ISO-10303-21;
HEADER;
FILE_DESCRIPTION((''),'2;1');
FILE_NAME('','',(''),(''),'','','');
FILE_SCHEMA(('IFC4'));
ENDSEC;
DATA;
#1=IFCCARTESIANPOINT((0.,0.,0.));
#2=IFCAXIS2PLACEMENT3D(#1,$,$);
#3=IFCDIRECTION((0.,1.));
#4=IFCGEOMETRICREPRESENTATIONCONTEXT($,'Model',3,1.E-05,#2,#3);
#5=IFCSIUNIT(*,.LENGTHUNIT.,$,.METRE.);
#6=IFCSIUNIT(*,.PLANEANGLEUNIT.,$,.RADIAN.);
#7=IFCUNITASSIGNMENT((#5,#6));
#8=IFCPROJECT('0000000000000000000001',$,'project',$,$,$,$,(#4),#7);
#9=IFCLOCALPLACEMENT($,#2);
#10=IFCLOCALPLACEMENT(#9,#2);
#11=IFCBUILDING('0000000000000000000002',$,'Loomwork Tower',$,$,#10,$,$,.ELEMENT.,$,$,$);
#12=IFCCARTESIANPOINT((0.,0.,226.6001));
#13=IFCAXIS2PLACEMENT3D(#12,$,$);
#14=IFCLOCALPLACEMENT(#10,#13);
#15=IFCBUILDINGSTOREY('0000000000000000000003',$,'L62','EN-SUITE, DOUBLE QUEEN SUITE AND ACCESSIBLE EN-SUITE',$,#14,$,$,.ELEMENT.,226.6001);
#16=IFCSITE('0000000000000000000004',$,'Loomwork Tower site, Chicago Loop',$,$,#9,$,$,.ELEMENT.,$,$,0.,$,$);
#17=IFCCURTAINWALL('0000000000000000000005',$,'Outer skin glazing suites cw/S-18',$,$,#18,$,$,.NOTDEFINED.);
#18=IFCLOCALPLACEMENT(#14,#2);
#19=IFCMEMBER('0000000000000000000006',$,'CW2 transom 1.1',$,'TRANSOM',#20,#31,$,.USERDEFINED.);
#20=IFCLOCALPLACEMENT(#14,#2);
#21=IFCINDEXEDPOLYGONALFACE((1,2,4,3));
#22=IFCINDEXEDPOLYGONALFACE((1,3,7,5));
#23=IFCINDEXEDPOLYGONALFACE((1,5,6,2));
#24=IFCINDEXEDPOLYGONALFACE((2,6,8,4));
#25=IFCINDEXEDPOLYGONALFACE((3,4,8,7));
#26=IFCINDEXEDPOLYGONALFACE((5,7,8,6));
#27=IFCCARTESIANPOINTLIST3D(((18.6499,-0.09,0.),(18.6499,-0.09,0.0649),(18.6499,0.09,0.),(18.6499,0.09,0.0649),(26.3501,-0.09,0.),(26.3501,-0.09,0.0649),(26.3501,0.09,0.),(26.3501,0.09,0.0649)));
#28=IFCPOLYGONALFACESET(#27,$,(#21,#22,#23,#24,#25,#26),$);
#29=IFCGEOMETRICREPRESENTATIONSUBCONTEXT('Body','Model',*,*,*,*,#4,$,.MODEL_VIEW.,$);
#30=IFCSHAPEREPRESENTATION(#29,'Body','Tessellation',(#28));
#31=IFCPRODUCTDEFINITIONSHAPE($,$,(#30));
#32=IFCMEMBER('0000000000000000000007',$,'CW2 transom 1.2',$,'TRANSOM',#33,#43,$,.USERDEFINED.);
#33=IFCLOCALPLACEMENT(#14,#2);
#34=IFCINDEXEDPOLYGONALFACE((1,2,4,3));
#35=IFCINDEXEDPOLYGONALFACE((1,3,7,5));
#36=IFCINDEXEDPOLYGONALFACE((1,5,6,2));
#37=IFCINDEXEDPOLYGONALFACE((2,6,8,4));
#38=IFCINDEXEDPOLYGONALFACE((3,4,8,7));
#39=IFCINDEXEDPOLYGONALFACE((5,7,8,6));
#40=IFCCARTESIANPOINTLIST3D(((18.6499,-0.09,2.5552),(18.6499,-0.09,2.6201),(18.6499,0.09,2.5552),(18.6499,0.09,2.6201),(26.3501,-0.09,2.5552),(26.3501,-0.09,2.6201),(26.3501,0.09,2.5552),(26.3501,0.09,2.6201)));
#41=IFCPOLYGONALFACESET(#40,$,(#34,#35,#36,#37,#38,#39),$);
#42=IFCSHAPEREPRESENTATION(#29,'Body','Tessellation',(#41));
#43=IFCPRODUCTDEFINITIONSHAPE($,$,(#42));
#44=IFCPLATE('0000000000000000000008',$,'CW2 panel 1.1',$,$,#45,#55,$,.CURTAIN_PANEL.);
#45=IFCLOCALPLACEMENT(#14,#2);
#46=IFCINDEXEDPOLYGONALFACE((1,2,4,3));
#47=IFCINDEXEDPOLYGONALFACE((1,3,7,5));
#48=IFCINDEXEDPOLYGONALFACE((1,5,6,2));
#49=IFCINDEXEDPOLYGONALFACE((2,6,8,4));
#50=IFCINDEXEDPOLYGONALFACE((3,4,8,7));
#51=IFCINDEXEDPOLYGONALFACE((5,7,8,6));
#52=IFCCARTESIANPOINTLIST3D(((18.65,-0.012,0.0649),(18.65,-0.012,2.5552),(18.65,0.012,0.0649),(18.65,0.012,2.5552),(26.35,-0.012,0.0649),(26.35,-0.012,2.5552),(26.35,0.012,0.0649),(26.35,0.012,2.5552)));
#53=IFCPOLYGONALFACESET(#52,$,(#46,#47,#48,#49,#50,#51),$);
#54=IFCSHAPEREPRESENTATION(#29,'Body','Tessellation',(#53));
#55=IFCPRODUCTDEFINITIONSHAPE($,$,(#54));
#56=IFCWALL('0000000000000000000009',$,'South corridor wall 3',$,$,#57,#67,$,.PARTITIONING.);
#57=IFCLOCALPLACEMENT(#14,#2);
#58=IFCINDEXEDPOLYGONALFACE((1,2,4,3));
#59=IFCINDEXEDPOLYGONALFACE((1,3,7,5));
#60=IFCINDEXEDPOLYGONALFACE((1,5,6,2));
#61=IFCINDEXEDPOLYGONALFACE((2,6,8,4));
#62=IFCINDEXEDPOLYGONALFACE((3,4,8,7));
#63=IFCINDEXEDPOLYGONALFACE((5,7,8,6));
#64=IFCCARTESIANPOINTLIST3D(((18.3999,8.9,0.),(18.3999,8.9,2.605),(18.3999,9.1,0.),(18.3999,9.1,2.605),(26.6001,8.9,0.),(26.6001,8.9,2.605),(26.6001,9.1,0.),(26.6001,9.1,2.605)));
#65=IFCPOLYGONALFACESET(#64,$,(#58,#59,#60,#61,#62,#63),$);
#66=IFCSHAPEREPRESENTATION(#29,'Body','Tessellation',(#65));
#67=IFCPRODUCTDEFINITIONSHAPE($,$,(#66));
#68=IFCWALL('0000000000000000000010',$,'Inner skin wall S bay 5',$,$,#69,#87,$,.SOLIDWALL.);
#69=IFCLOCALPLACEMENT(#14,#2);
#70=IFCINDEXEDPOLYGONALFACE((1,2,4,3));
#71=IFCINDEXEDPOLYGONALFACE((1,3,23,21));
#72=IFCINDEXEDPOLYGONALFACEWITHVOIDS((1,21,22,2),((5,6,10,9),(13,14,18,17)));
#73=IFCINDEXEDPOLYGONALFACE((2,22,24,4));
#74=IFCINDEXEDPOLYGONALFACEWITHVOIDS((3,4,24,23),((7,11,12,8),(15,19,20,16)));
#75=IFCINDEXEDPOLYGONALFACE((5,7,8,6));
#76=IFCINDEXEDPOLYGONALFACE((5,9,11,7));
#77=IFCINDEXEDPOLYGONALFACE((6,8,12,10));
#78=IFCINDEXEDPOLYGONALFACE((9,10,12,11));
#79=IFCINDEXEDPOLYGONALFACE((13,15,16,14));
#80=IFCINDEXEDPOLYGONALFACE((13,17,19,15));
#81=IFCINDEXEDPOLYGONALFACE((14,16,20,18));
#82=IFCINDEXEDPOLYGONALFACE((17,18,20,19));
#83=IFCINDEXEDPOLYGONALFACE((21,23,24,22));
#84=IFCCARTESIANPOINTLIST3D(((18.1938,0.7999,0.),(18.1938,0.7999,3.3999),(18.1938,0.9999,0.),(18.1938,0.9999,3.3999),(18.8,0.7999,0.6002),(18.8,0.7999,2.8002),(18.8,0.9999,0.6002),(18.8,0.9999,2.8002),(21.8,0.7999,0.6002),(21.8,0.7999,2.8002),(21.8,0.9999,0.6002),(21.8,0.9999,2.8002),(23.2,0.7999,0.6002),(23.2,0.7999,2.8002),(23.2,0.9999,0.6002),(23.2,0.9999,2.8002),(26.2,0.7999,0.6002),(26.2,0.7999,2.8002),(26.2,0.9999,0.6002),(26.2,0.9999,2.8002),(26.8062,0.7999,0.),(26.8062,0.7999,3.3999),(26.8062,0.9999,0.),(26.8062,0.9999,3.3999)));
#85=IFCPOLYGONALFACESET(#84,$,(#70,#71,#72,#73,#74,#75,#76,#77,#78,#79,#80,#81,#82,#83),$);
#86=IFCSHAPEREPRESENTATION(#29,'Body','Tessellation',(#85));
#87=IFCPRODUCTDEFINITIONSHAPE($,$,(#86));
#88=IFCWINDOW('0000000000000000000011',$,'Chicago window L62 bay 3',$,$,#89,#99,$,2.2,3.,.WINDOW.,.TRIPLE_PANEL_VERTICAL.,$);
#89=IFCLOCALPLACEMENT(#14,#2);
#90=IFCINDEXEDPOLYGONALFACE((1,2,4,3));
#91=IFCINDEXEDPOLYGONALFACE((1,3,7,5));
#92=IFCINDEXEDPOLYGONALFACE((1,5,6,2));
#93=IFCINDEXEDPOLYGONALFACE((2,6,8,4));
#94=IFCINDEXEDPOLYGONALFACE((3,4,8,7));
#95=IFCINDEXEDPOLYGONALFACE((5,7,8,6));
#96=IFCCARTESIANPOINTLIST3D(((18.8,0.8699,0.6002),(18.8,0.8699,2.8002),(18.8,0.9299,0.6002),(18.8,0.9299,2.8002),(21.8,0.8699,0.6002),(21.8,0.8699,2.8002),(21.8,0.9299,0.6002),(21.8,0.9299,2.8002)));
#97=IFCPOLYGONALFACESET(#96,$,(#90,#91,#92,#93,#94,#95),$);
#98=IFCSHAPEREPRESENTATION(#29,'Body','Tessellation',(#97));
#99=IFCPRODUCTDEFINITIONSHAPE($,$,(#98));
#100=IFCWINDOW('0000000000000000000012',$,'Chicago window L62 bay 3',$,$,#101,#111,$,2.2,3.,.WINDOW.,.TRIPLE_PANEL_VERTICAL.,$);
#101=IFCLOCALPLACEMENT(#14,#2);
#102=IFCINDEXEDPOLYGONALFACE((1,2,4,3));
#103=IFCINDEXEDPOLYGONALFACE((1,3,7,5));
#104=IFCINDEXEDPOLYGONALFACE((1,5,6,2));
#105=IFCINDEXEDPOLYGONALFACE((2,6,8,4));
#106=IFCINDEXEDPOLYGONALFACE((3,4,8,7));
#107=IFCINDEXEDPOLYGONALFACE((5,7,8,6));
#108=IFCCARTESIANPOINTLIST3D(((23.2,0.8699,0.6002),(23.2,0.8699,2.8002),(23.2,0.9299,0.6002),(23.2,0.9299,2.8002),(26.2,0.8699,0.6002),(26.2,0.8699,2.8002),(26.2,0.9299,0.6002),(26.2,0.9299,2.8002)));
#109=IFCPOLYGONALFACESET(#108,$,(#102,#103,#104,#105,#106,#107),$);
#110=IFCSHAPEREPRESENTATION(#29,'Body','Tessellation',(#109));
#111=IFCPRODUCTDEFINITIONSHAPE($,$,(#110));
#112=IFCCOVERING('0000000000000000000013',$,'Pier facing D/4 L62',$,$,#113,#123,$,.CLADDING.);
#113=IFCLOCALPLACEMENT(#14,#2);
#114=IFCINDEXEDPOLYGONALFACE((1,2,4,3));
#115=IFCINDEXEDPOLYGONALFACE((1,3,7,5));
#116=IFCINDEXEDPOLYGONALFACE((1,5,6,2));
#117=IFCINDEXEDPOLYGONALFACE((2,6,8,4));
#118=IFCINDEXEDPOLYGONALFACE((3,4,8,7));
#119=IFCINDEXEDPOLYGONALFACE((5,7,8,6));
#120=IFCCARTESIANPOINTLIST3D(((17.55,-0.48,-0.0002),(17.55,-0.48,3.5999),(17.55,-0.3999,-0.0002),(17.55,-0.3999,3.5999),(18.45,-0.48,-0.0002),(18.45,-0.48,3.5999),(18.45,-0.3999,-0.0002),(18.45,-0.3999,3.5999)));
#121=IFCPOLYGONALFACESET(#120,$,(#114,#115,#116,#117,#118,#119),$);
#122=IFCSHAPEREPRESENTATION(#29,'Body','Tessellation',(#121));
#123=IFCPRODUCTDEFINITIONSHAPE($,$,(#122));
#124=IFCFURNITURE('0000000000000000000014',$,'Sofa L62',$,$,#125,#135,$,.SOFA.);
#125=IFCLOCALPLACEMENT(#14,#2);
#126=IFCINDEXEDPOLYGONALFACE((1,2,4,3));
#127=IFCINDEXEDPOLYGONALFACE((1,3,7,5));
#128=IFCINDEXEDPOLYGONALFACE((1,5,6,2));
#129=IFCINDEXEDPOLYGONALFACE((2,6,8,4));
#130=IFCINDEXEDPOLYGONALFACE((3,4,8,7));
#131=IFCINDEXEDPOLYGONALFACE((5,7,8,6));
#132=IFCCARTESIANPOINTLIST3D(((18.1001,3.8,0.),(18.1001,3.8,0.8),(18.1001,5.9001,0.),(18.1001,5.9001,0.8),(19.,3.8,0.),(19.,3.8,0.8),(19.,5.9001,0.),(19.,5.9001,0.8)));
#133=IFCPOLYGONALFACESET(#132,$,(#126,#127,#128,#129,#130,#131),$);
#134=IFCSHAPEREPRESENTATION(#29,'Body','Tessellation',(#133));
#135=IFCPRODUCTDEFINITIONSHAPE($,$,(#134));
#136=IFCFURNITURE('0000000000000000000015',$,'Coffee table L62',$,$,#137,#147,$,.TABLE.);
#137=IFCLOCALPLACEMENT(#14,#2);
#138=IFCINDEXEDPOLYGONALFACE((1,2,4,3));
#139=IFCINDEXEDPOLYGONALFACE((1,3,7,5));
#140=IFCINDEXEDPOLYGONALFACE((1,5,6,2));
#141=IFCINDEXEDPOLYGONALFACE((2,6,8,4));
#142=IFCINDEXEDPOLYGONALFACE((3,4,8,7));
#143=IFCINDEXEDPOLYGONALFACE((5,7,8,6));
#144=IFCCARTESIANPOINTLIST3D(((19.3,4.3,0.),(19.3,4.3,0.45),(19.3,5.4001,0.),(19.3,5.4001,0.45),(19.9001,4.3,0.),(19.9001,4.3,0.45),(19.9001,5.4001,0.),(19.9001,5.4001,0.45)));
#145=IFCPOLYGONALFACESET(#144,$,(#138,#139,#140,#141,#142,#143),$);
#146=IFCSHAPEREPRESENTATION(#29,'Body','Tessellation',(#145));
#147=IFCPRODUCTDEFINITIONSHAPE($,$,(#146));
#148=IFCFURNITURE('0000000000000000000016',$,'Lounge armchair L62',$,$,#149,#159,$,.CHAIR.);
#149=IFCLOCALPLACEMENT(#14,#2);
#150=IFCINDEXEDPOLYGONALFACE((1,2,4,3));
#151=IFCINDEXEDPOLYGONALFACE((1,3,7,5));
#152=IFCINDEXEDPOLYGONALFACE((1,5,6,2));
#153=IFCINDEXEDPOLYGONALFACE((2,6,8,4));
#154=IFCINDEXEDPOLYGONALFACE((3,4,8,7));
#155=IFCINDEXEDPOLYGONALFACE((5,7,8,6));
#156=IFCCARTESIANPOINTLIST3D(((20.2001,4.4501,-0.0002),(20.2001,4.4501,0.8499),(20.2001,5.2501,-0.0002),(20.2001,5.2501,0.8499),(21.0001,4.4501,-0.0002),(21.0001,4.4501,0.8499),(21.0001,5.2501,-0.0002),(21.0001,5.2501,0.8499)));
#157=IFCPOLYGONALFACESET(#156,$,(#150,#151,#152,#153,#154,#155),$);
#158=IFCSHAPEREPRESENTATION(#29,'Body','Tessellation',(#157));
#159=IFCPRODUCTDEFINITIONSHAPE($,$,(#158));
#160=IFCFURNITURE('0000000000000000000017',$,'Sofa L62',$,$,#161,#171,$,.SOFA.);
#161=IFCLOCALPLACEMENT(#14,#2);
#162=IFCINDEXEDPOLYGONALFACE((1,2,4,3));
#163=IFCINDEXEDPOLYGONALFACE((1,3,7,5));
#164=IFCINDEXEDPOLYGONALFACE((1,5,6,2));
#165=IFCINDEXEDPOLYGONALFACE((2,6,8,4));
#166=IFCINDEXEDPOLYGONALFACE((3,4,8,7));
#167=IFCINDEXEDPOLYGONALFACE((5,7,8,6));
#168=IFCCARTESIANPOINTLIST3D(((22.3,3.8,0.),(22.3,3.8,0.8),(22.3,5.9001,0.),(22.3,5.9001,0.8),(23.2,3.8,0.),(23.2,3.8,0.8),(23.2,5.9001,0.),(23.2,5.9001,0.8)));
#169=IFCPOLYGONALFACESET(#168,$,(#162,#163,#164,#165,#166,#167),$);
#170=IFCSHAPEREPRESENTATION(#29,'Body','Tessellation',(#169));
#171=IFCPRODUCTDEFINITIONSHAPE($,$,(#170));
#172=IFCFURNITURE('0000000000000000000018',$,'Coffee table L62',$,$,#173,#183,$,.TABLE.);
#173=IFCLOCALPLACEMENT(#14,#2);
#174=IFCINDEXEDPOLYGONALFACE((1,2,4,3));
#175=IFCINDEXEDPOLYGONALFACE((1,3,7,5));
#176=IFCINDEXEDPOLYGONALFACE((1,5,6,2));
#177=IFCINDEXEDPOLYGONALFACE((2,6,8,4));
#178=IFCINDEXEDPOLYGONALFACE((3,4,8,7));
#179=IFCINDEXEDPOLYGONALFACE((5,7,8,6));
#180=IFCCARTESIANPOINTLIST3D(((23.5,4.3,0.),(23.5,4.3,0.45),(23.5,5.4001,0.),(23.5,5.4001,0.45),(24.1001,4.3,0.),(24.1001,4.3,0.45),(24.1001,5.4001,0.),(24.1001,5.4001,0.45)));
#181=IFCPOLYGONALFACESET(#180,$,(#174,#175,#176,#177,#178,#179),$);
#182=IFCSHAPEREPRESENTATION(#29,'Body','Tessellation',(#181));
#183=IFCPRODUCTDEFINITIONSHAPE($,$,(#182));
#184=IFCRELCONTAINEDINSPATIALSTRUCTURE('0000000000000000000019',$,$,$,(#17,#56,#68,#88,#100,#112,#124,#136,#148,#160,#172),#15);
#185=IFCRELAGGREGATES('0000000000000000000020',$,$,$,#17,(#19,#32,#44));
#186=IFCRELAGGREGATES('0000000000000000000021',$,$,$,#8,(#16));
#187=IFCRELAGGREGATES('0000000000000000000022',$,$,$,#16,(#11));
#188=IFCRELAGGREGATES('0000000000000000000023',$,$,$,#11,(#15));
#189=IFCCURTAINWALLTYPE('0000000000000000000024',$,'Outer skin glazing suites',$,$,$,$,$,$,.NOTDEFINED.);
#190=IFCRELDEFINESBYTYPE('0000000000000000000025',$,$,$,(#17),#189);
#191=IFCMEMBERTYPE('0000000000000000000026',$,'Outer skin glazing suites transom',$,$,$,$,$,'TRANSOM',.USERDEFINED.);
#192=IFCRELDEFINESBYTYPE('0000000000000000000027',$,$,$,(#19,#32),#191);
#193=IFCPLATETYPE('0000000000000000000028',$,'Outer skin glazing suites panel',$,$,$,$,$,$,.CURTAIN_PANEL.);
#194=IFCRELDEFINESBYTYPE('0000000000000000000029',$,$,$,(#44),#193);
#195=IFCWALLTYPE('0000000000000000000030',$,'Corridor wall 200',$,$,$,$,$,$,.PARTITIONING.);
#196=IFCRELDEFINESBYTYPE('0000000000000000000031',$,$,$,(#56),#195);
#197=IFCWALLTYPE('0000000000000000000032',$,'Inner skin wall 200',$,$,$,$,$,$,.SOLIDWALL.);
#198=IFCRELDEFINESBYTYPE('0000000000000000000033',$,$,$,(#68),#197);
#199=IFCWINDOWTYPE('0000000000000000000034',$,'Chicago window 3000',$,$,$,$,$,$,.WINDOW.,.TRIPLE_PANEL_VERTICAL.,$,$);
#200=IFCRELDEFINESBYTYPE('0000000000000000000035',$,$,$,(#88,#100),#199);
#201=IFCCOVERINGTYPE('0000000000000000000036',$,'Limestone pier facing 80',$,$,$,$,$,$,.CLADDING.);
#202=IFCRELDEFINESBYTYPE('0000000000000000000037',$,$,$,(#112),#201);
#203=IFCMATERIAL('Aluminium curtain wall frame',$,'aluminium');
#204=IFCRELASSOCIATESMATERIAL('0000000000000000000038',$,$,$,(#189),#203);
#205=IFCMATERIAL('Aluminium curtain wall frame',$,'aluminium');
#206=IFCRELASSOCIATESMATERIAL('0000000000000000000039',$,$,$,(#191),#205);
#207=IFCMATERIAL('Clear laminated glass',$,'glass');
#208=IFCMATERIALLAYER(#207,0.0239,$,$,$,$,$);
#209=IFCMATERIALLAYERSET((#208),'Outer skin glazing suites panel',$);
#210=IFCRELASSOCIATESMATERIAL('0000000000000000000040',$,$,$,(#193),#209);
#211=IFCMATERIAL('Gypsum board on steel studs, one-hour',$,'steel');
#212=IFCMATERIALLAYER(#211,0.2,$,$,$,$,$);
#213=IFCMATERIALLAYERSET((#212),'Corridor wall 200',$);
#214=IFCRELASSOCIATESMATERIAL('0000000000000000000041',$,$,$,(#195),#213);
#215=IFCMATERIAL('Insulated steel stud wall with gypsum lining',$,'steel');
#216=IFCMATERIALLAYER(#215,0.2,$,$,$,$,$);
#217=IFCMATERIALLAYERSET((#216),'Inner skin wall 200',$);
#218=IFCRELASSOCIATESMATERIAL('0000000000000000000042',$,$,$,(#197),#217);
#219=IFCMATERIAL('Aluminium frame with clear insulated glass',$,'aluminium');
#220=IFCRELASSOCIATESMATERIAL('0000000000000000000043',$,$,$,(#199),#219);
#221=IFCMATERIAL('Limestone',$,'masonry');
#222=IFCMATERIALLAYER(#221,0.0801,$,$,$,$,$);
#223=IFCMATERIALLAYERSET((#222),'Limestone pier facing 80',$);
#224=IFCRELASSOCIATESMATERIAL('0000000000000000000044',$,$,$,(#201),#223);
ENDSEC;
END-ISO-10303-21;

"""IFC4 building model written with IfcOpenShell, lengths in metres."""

from ifc_helpers import new_model, si_unit, direction, frame, frame_2d, origin, origin_2d, place, context, subcontext, project, spatial, rectangle, extrude, material, layer, layer_set, material_profile, profile_set, type_object, element, fill, aggregate, save


model = new_model("IFC4")

# Units and contexts
model_context = context("Model", 3, precision=1e-05, world=origin(), true_north=direction((0.0, 1.0)))
body_context = subcontext(model_context, "Body", "Model", "MODEL_VIEW")
ifc_project = project(units=[si_unit("LENGTHUNIT", "METRE"), si_unit("PLANEANGLEUNIT", "RADIAN")], contexts=[model_context])

# Site, building, storey
site_placement = place(None, origin())
site = spatial("IfcSite", under=ifc_project, at=site_placement, Name="Loomwork Tower site, Chicago Loop", CompositionType="ELEMENT", RefElevation=0.0)
building_placement = place(site_placement, origin())
building = spatial("IfcBuilding", under=site, at=building_placement, Name="Loomwork Tower", CompositionType="ELEMENT")
storey_placement = place(building_placement, frame((0.0, 0.0, 226.6001)))
storey = spatial("IfcBuildingStorey", under=building, at=storey_placement, Name="L62", Description="EN-SUITE, DOUBLE QUEEN SUITE AND ACCESSIBLE EN-SUITE", CompositionType="ELEMENT", Elevation=226.6001)

# Curtain wall, members, plate
ifc_material_1 = material(Name="Aluminium curtain wall frame", Category="aluminium")
curtain_wall_type = type_object("IfcCurtainWallType", Name="Outer skin glazing suites", PredefinedType="NOTDEFINED", material=ifc_material_1)
curtain_wall_placement = place(storey_placement, origin())
curtain_wall = element("IfcCurtainWall", 1, at=curtain_wall_placement, inside=storey, type_object=curtain_wall_type, Name="Outer skin glazing suites cw/S-18", PredefinedType="NOTDEFINED")
ifc_material_2 = material(Name="Aluminium curtain wall frame", Category="aluminium")
ifc_material_profile_1 = material_profile(ifc_material_2, rectangle(XDim=0.1799, YDim=0.0649, at=origin_2d()), Name="AL 65x180")
ifc_profile_set_1 = profile_set([ifc_material_profile_1], Name="Aluminium curtain wall frame")
member_type_1 = type_object("IfcMemberType", Name="Outer skin glazing suites transom", ElementType="TRANSOM", PredefinedType="USERDEFINED", material=ifc_profile_set_1)
member_1_placement = place(storey_placement, frame((18.6499, 0.0, 0.0325), z_axis=(1.0, 0.0, 0.0), x_axis=(0.0, 1.0, 0.0)))
member_1 = element("IfcMember", 2, at=member_1_placement, type_object=member_type_1, Name="CW2 transom 1.1", ObjectType="TRANSOM", PredefinedType="USERDEFINED", context=body_context, shape_type="SweptSolid", body=[
    extrude(rectangle(XDim=0.1799, YDim=0.0649, at=origin_2d()), origin(), (0.0, 0.0, 1.0), 7.7002),
])
member_2_placement = place(storey_placement, frame((18.6499, 0.0, 2.5876), z_axis=(1.0, 0.0, 0.0), x_axis=(0.0, 1.0, 0.0)))
member_2 = element("IfcMember", 3, at=member_2_placement, type_object=member_type_1, Name="CW2 transom 1.2", ObjectType="TRANSOM", PredefinedType="USERDEFINED", context=body_context, shape_type="SweptSolid", body=[
    extrude(rectangle(XDim=0.1799, YDim=0.0649, at=origin_2d()), origin(), (0.0, 0.0, 1.0), 7.7002),
])
ifc_material_3 = material(Name="Clear laminated glass", Category="glass")
ifc_layer_1 = layer(ifc_material_3, 0.0239)
ifc_layer_set_1 = layer_set([ifc_layer_1], Name="Outer skin glazing suites panel")
plate_type = type_object("IfcPlateType", Name="Outer skin glazing suites panel", PredefinedType="CURTAIN_PANEL", material=ifc_layer_set_1)
plate_placement = place(storey_placement, frame((22.5, 0.0, 0.0649), z_axis=(0.0, 0.0, 1.0), x_axis=(1.0, 0.0, 0.0)))
plate = element("IfcPlate", 4, at=plate_placement, type_object=plate_type, Name="CW2 panel 1.1", PredefinedType="CURTAIN_PANEL", context=body_context, shape_type="SweptSolid", body=[
    extrude(rectangle(XDim=7.7, YDim=0.0239, at=origin_2d()), origin(), (0.0, 0.0, 1.0), 2.4902),
])
aggregate(curtain_wall, [member_1, member_2, plate])

# Wall
ifc_material_4 = material(Name="Gypsum board on steel studs, one-hour", Category="steel")
ifc_layer_2 = layer(ifc_material_4, 0.2)
ifc_layer_set_2 = layer_set([ifc_layer_2], Name="Corridor wall 200")
wall_type_1 = type_object("IfcWallType", Name="Corridor wall 200", PredefinedType="PARTITIONING", material=ifc_layer_set_2)
wall_1_placement = place(storey_placement, frame((18.3999, 9.0, 0.0), z_axis=(0.0, 0.0, 1.0), x_axis=(1.0, 0.0, 0.0)))
element("IfcWall", 5, at=wall_1_placement, inside=storey, type_object=wall_type_1, Name="South corridor wall 3", PredefinedType="PARTITIONING", context=body_context, shape_type="SweptSolid", body=[
    extrude(rectangle(XDim=8.2002, YDim=0.2, at=frame_2d((4.1001, 0.0))), origin(), (0.0, 0.0, 1.0), 2.605),
])

# Wall, openings, windows
ifc_material_5 = material(Name="Insulated steel stud wall with gypsum lining", Category="steel")
ifc_layer_3 = layer(ifc_material_5, 0.2)
ifc_layer_set_3 = layer_set([ifc_layer_3], Name="Inner skin wall 200")
wall_type_2 = type_object("IfcWallType", Name="Inner skin wall 200", PredefinedType="SOLIDWALL", material=ifc_layer_set_3)
wall_2_placement = place(storey_placement, frame((18.1938, 0.8999, 0.0), z_axis=(0.0, 0.0, 1.0), x_axis=(1.0, 0.0, 0.0)))
wall_2 = element("IfcWall", 6, at=wall_2_placement, inside=storey, type_object=wall_type_2, Name="Inner skin wall S bay 5", PredefinedType="SOLIDWALL", context=body_context, shape_type="SweptSolid", body=[
    extrude(rectangle(XDim=8.6123, YDim=0.2, at=frame_2d((4.3062, 0.0))), origin(), (0.0, 0.0, 1.0), 3.3999),
])
opening_1_placement = place(wall_2_placement, frame((0.6062, 0.0, 0.6001)))
opening_1 = element("IfcOpeningElement", 7, at=opening_1_placement, cuts=wall_2, PredefinedType="OPENING", context=body_context, shape_type="SweptSolid", body=[
    extrude(rectangle(XDim=3.0, YDim=2.2, at=frame_2d((1.5, 1.1001))), frame((0.0, 0.1099, 0.0), z_axis=(0.0, -1.0, 0.0), x_axis=(1.0, 0.0, 0.0)), (0.0, 0.0, 1.0), 0.22),
])
opening_2_placement = place(wall_2_placement, frame((5.0061, 0.0, 0.6001)))
opening_2 = element("IfcOpeningElement", 8, at=opening_2_placement, cuts=wall_2, PredefinedType="OPENING", context=body_context, shape_type="SweptSolid", body=[
    extrude(rectangle(XDim=3.0, YDim=2.2, at=frame_2d((1.5, 1.1001))), frame((0.0, 0.1099, 0.0), z_axis=(0.0, -1.0, 0.0), x_axis=(1.0, 0.0, 0.0)), (0.0, 0.0, 1.0), 0.22),
])
ifc_material_6 = material(Name="Aluminium frame with clear insulated glass", Category="aluminium")
window_type = type_object("IfcWindowType", Name="Chicago window 3000", PartitioningType="TRIPLE_PANEL_VERTICAL", PredefinedType="WINDOW", material=ifc_material_6)
window_1_placement = place(opening_1_placement, origin())
window_1 = element("IfcWindow", 9, at=window_1_placement, inside=storey, type_object=window_type, Name="Chicago window L62 bay 3", OverallHeight=2.2, OverallWidth=3.0, PartitioningType="TRIPLE_PANEL_VERTICAL", PredefinedType="WINDOW", context=body_context, shape_type="SweptSolid", body=[
    extrude(rectangle(XDim=3.0, YDim=2.2, at=frame_2d((1.5, 1.1001))), frame((0.0, 0.03, 0.0), z_axis=(0.0, -1.0, 0.0), x_axis=(1.0, 0.0, 0.0)), (0.0, 0.0, 1.0), 0.0601),
])
fill(opening_1, window_1)
window_2_placement = place(opening_2_placement, origin())
window_2 = element("IfcWindow", 10, at=window_2_placement, inside=storey, type_object=window_type, Name="Chicago window L62 bay 3", OverallHeight=2.2, OverallWidth=3.0, PartitioningType="TRIPLE_PANEL_VERTICAL", PredefinedType="WINDOW", context=body_context, shape_type="SweptSolid", body=[
    extrude(rectangle(XDim=3.0, YDim=2.2, at=frame_2d((1.5, 1.1001))), frame((0.0, 0.03, 0.0), z_axis=(0.0, -1.0, 0.0), x_axis=(1.0, 0.0, 0.0)), (0.0, 0.0, 1.0), 0.0601),
])
fill(opening_2, window_2)

# Covering
ifc_material_7 = material(Name="Limestone", Category="masonry")
ifc_layer_4 = layer(ifc_material_7, 0.0801)
ifc_layer_set_4 = layer_set([ifc_layer_4], Name="Limestone pier facing 80")
covering_type = type_object("IfcCoveringType", Name="Limestone pier facing 80", PredefinedType="CLADDING", material=ifc_layer_set_4)
covering_placement = place(storey_placement, frame((18.0, -0.4399, -0.0002), z_axis=(0.0, 0.0, 1.0), x_axis=(1.0, 0.0, 0.0)))
element("IfcCovering", 11, at=covering_placement, inside=storey, type_object=covering_type, Name="Pier facing D/4 L62", PredefinedType="CLADDING", context=body_context, shape_type="SweptSolid", body=[
    extrude(rectangle(XDim=0.8999, YDim=0.0801, at=origin_2d()), origin(), (0.0, 0.0, 1.0), 3.6001),
])

# Furniture
furniture_1_placement = place(storey_placement, frame((18.55, 4.8501, 0.0), z_axis=(0.0, 0.0, 1.0), x_axis=(1.0, 0.0, 0.0)))
element("IfcFurniture", 12, at=furniture_1_placement, inside=storey, Name="Sofa L62", PredefinedType="SOFA", context=body_context, shape_type="SweptSolid", body=[
    extrude(rectangle(XDim=0.8999, YDim=2.1001, at=origin_2d()), origin(), (0.0, 0.0, 1.0), 0.8),
])
furniture_2_placement = place(storey_placement, frame((19.6001, 4.8501, 0.0), z_axis=(0.0, 0.0, 1.0), x_axis=(1.0, 0.0, 0.0)))
element("IfcFurniture", 13, at=furniture_2_placement, inside=storey, Name="Coffee table L62", PredefinedType="TABLE", context=body_context, shape_type="SweptSolid", body=[
    extrude(rectangle(XDim=0.6001, YDim=1.1001, at=origin_2d()), origin(), (0.0, 0.0, 1.0), 0.45),
])
furniture_3_placement = place(storey_placement, frame((20.6001, 4.8501, -0.0002), z_axis=(0.0, 0.0, 1.0), x_axis=(1.0, 0.0, 0.0)))
element("IfcFurniture", 14, at=furniture_3_placement, inside=storey, Name="Lounge armchair L62", PredefinedType="CHAIR", context=body_context, shape_type="SweptSolid", body=[
    extrude(rectangle(XDim=0.8, YDim=0.8, at=origin_2d()), origin(), (0.0, 0.0, 1.0), 0.8501),
])
furniture_4_placement = place(storey_placement, frame((22.75, 4.8501, 0.0), z_axis=(0.0, 0.0, 1.0), x_axis=(1.0, 0.0, 0.0)))
element("IfcFurniture", 15, at=furniture_4_placement, inside=storey, Name="Sofa L62", PredefinedType="SOFA", context=body_context, shape_type="SweptSolid", body=[
    extrude(rectangle(XDim=0.8999, YDim=2.1001, at=origin_2d()), origin(), (0.0, 0.0, 1.0), 0.8),
])
furniture_5_placement = place(storey_placement, frame((23.8, 4.8501, 0.0), z_axis=(0.0, 0.0, 1.0), x_axis=(1.0, 0.0, 0.0)))
element("IfcFurniture", 16, at=furniture_5_placement, inside=storey, Name="Coffee table L62", PredefinedType="TABLE", context=body_context, shape_type="SweptSolid", body=[
    extrude(rectangle(XDim=0.6001, YDim=1.1001, at=origin_2d()), origin(), (0.0, 0.0, 1.0), 0.45),
])

save(model, "model.ifc")
